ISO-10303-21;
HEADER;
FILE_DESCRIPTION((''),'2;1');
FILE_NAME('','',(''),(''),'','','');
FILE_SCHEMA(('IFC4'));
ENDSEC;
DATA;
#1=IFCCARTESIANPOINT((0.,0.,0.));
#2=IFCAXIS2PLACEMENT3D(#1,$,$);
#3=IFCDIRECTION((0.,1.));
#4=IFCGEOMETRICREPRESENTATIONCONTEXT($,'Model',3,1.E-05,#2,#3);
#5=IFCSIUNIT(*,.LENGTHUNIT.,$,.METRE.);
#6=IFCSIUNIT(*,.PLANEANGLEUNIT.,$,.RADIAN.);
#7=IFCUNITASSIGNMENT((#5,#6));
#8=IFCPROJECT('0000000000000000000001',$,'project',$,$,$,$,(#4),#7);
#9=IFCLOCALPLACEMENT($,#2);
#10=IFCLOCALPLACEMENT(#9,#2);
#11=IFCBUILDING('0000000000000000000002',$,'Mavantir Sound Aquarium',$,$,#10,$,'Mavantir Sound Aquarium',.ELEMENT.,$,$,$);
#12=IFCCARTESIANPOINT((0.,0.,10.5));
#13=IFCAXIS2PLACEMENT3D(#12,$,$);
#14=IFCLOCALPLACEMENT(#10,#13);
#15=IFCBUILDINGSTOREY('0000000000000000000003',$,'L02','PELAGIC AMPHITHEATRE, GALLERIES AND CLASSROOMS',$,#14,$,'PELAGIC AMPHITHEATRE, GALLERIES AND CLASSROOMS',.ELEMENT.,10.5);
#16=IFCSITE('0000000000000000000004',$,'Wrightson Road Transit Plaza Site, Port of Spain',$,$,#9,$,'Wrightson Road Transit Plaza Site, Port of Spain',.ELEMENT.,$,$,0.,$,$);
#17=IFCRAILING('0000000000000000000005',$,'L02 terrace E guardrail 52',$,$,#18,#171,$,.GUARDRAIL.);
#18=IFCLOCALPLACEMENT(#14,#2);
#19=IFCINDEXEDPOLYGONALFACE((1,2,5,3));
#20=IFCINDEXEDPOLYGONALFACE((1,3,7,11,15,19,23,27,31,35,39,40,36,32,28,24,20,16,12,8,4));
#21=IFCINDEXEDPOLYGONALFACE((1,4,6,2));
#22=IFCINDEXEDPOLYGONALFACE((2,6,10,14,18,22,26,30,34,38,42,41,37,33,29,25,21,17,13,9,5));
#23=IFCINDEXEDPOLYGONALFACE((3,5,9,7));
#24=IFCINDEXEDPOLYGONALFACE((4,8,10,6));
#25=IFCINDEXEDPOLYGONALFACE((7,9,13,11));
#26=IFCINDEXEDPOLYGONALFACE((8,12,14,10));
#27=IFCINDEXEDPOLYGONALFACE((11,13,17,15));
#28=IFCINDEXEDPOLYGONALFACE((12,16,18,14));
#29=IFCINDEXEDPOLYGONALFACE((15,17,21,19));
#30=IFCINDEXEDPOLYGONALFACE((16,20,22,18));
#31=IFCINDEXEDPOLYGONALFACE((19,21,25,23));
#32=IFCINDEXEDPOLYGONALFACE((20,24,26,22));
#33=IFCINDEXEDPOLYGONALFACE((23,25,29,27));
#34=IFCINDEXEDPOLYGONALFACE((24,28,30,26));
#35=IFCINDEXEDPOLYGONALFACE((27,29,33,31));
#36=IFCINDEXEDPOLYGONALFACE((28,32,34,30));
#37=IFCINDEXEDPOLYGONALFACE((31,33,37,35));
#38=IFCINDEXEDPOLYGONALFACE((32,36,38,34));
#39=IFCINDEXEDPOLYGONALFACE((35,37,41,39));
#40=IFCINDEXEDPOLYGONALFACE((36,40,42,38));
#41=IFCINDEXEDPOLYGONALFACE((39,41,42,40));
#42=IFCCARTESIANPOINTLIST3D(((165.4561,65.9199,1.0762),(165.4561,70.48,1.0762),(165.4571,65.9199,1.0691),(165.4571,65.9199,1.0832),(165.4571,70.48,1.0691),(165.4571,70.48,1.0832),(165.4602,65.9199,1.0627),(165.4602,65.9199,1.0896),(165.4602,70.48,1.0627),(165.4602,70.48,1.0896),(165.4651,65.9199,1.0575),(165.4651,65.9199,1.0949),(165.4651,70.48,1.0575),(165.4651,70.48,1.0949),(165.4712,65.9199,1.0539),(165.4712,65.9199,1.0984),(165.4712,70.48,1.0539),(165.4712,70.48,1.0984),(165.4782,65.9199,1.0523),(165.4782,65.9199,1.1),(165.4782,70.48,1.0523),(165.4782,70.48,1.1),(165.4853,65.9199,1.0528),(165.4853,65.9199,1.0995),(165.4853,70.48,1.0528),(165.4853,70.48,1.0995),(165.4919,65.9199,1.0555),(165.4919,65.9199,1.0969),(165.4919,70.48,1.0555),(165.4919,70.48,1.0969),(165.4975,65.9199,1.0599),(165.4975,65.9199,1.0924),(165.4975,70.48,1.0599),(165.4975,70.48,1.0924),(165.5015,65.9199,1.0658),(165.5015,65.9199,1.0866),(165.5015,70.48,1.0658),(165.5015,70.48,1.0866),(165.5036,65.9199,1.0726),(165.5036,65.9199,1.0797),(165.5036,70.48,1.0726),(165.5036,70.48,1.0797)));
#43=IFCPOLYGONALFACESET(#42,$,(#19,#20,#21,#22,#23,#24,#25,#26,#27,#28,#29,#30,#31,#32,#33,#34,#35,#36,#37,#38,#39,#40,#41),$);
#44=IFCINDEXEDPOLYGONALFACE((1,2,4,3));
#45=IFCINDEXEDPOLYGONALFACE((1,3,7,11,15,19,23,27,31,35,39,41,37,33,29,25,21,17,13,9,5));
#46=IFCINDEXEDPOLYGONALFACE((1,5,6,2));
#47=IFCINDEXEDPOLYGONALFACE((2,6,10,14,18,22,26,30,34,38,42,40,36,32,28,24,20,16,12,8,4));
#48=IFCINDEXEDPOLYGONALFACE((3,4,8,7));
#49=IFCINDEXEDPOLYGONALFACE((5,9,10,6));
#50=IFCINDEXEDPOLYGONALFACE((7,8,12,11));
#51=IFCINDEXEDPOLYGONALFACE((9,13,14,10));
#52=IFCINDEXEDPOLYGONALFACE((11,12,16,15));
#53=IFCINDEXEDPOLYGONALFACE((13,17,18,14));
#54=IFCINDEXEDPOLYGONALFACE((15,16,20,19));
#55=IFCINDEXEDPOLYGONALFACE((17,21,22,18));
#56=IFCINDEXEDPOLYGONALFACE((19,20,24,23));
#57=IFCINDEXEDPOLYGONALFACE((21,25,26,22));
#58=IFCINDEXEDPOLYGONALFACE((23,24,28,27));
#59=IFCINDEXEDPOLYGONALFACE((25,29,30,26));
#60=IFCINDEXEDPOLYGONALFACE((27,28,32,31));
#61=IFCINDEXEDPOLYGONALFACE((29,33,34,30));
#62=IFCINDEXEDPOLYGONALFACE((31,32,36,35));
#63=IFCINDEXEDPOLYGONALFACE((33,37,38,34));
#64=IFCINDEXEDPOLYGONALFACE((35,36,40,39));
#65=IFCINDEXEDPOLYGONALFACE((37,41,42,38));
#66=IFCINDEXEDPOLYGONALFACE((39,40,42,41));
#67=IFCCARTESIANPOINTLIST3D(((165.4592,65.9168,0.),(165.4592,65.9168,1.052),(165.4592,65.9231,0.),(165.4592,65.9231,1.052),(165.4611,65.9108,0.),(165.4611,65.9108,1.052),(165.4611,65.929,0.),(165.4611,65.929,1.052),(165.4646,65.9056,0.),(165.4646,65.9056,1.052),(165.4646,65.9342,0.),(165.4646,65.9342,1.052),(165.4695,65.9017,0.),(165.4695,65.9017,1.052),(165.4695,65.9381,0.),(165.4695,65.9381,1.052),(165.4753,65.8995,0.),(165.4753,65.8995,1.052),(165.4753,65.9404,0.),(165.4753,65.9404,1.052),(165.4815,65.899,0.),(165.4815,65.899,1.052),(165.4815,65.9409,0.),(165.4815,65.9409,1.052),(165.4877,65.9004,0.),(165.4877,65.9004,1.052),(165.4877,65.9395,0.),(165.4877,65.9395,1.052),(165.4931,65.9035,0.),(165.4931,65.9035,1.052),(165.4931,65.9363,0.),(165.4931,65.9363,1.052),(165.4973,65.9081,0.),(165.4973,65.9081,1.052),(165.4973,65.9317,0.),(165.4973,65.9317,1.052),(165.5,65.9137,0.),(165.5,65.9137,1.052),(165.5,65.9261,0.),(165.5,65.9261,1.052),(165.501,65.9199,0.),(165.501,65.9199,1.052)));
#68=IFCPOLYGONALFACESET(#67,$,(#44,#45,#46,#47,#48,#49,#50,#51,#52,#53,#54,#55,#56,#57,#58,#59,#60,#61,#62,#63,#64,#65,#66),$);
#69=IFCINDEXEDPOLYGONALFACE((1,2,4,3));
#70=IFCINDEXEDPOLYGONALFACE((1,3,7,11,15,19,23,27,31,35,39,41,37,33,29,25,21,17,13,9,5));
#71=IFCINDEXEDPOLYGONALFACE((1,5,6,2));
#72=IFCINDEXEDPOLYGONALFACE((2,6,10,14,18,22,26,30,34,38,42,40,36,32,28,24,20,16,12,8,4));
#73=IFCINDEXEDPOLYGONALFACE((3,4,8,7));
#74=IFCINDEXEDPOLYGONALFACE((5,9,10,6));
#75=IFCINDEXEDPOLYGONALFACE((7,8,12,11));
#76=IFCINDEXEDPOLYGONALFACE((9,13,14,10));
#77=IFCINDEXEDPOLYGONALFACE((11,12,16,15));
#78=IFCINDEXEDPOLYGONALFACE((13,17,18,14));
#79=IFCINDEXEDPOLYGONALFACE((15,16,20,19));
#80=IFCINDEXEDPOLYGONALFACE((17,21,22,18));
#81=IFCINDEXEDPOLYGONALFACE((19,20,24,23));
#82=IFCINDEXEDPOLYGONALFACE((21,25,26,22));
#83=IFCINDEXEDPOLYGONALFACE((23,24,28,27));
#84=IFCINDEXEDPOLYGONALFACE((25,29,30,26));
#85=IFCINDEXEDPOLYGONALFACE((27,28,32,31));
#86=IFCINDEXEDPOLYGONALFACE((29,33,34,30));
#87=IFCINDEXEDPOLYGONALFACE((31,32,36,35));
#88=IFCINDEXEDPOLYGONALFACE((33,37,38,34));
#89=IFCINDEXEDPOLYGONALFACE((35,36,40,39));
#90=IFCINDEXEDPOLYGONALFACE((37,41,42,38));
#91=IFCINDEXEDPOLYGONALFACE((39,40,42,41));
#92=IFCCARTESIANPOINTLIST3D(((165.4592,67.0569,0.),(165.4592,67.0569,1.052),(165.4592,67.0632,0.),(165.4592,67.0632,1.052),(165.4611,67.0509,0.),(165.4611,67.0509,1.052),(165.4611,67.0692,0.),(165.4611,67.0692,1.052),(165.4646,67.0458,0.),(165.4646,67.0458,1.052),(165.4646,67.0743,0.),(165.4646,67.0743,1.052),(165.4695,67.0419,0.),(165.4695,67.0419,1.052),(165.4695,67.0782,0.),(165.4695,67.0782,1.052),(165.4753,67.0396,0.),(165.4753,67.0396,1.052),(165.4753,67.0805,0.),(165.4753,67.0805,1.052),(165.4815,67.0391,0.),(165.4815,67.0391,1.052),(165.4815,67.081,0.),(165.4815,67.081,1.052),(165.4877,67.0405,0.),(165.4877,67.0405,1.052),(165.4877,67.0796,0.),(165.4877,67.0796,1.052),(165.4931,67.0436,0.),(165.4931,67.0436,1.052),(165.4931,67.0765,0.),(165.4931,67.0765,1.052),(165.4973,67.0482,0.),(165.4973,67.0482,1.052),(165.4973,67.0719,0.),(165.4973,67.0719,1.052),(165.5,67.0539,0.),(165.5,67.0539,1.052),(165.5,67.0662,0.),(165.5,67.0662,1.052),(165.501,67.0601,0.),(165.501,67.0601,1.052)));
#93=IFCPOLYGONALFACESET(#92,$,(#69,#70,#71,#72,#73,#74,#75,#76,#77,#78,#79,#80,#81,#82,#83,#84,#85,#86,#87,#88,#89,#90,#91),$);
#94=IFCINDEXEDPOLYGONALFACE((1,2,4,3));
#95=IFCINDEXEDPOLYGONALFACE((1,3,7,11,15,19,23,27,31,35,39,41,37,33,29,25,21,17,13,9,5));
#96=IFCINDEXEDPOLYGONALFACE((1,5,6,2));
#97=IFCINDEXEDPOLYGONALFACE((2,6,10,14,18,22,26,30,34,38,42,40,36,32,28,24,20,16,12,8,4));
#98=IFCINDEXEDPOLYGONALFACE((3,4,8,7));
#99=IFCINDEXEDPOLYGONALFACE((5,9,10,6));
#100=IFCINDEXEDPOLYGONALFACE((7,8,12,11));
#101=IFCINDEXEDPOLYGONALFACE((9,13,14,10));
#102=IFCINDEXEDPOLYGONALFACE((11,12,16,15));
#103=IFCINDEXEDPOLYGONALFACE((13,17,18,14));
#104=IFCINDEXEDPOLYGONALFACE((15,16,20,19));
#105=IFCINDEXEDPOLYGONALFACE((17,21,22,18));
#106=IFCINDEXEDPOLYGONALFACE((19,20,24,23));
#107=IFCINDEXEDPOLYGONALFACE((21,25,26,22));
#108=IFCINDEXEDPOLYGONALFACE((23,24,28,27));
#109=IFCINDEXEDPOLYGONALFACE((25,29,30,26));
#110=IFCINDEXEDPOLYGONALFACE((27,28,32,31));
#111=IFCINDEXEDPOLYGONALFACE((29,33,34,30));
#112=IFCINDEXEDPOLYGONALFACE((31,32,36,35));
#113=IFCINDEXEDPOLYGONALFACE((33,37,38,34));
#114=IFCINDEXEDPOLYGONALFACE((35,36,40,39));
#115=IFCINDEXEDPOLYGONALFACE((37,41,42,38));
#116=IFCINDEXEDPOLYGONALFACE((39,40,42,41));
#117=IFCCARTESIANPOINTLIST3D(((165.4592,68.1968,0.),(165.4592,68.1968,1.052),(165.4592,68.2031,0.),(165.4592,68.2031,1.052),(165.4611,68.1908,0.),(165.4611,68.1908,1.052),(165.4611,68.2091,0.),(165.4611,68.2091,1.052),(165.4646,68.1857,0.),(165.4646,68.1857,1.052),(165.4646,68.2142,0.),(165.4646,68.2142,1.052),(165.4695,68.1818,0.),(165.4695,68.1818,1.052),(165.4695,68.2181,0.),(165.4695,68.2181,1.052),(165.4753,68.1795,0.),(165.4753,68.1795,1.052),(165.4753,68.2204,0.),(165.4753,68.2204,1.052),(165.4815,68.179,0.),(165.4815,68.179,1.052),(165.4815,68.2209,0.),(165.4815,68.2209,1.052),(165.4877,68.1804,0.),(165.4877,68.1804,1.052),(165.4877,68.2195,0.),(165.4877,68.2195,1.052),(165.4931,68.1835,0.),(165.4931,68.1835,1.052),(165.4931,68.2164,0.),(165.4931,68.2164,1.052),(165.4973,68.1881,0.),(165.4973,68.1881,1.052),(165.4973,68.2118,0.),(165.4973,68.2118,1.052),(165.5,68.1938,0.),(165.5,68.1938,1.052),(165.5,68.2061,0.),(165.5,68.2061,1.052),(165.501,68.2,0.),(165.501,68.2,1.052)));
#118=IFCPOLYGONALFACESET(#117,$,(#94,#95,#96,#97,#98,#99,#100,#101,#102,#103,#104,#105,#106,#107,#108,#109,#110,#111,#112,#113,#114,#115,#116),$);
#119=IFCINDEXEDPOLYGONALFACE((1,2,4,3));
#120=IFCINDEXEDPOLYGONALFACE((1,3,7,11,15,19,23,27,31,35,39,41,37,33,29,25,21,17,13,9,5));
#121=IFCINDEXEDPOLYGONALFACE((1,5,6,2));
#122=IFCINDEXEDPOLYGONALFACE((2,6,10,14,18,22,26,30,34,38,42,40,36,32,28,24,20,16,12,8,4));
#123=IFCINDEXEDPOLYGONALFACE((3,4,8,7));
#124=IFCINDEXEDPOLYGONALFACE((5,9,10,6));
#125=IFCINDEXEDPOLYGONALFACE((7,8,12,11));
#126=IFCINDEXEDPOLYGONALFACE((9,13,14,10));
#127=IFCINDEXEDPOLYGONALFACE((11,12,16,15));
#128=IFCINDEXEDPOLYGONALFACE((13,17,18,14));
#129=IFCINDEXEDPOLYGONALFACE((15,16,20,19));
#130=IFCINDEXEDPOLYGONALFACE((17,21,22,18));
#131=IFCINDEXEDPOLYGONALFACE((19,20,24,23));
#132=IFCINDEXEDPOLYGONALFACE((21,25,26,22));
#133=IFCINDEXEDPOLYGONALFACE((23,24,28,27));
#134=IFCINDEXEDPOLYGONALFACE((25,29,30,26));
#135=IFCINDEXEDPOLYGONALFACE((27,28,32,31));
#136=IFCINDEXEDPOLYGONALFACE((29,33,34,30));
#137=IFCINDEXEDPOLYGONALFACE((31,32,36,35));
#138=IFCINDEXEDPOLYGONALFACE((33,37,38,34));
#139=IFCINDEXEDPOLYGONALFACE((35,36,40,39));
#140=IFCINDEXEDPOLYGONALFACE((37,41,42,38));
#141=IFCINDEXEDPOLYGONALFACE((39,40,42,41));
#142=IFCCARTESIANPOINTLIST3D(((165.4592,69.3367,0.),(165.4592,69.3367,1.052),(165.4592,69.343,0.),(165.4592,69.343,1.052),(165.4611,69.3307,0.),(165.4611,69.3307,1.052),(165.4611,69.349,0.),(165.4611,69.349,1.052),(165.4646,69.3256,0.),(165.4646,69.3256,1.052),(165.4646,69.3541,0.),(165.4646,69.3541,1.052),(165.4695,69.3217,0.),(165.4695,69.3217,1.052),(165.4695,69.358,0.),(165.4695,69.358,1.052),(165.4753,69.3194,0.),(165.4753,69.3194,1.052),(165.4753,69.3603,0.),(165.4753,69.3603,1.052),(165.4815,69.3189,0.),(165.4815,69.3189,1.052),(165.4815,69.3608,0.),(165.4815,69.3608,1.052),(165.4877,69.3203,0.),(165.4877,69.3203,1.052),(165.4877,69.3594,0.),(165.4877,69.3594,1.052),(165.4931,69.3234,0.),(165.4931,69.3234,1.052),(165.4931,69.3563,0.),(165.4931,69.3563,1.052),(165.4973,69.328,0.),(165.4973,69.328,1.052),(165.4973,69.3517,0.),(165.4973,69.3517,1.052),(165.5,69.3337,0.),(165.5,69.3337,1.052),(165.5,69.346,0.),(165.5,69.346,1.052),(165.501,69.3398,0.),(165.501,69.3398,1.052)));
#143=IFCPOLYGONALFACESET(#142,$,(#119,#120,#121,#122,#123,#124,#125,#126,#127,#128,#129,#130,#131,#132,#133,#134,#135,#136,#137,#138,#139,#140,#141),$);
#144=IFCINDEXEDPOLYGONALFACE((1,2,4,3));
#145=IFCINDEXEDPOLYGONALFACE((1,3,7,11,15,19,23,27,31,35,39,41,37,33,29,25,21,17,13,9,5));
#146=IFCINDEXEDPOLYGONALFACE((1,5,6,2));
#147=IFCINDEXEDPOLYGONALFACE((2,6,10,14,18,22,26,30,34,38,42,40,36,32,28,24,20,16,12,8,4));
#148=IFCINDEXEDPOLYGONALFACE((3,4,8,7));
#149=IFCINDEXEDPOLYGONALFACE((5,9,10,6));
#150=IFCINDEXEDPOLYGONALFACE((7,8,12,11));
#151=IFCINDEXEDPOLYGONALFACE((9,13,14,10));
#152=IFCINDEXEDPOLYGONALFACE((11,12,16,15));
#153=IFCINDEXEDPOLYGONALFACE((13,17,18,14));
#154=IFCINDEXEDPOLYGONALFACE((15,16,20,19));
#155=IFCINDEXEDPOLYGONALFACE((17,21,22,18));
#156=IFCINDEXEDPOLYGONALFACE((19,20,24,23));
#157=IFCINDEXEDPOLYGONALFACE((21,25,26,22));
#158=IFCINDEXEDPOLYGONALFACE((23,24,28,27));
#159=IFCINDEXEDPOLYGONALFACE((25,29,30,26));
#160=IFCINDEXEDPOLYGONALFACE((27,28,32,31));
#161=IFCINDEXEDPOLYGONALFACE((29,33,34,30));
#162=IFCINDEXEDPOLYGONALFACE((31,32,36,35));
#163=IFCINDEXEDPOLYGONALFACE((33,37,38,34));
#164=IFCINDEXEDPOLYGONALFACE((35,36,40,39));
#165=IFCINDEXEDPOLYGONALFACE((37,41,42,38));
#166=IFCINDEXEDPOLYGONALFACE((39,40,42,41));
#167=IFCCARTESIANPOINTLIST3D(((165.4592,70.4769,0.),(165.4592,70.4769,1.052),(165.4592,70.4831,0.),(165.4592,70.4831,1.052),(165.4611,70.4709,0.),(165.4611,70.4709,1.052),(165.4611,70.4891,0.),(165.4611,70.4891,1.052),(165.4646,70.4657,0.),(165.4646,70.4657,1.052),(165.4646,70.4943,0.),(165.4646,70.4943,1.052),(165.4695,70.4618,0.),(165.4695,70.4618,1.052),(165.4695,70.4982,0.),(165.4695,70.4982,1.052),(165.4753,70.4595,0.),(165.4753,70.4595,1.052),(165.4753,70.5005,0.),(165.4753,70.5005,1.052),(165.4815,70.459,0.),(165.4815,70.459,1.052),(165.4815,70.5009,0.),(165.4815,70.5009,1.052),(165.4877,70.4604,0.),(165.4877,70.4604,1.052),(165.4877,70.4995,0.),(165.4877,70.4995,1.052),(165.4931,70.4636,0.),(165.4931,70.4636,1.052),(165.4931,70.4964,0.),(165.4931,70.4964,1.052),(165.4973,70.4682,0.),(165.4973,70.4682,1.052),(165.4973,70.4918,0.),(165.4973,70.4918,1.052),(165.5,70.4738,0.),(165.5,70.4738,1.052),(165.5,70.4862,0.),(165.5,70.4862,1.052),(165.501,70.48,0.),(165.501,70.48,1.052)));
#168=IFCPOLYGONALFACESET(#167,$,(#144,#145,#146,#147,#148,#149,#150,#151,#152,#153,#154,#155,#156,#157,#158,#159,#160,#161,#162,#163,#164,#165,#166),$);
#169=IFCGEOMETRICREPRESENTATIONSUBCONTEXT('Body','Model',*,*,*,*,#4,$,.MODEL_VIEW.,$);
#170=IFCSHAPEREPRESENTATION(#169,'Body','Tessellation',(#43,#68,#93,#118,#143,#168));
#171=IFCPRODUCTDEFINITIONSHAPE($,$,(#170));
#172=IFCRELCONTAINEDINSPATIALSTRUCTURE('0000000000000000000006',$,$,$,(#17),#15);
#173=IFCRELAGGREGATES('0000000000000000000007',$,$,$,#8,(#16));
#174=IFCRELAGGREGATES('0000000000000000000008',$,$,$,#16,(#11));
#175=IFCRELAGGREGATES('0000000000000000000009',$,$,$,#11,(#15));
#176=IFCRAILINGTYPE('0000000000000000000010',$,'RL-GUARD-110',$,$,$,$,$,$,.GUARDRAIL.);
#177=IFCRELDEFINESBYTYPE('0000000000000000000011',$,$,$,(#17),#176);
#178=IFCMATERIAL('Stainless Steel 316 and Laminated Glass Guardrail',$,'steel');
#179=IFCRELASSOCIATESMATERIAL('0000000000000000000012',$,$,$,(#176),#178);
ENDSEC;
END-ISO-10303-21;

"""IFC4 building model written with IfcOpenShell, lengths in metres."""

from ifc_helpers import new_model, si_unit, direction, frame, origin, origin_2d, place, context, subcontext, project, spatial, circle, extrude, material, type_object, element, save


model = new_model("IFC4")

# Units and contexts
model_context = context("Model", 3, precision=1e-05, world=origin(), true_north=direction((0.0, 1.0)))
body_context = subcontext(model_context, "Body", "Model", "MODEL_VIEW")
ifc_project = project(units=[si_unit("LENGTHUNIT", "METRE"), si_unit("PLANEANGLEUNIT", "RADIAN")], contexts=[model_context])

# Site, building, storey
site_placement = place(None, origin())
site = spatial("IfcSite", under=ifc_project, at=site_placement, Name="Wrightson Road Transit Plaza Site, Port of Spain", LongName="Wrightson Road Transit Plaza Site, Port of Spain", CompositionType="ELEMENT", RefElevation=0.0)
building_placement = place(site_placement, origin())
building = spatial("IfcBuilding", under=site, at=building_placement, Name="Mavantir Sound Aquarium", LongName="Mavantir Sound Aquarium", CompositionType="ELEMENT")
storey_placement = place(building_placement, frame((0.0, 0.0, 10.5)))
storey = spatial("IfcBuildingStorey", under=building, at=storey_placement, Name="L02", Description="PELAGIC AMPHITHEATRE, GALLERIES AND CLASSROOMS", LongName="PELAGIC AMPHITHEATRE, GALLERIES AND CLASSROOMS", CompositionType="ELEMENT", Elevation=10.5)

# Railing
ifc_material_1 = material(Name="Stainless Steel 316 and Laminated Glass Guardrail", Category="steel")
railing_type = type_object("IfcRailingType", Name="RL-GUARD-110", PredefinedType="GUARDRAIL", material=ifc_material_1)
railing_1_placement = place(storey_placement, frame((165.48, 65.9199, 0.0)))
element("IfcRailing", 1, at=railing_1_placement, inside=storey, type_object=railing_type, Name="L02 terrace E guardrail 52", PredefinedType="GUARDRAIL", context=body_context, shape_type="SweptSolid", body=[
    extrude(circle(Radius=0.0239, at=origin_2d()), frame((0.0, 0.0, 1.0762), z_axis=(0.0, 1.0, 0.0), x_axis=(-1.0, 0.0, 0.0)), (0.0, 0.0, 1.0), 4.5601),
    extrude(circle(Radius=0.021, at=origin_2d()), origin(), (0.0, 0.0, 1.0), 1.052),
    extrude(circle(Radius=0.021, at=origin_2d()), frame((0.0, 1.1401, 0.0)), (0.0, 0.0, 1.0), 1.052),
    extrude(circle(Radius=0.021, at=origin_2d()), frame((0.0, 2.28, 0.0)), (0.0, 0.0, 1.0), 1.052),
    extrude(circle(Radius=0.021, at=origin_2d()), frame((0.0, 3.4199, 0.0)), (0.0, 0.0, 1.0), 1.052),
    extrude(circle(Radius=0.021, at=origin_2d()), frame((0.0, 4.5601, 0.0)), (0.0, 0.0, 1.0), 1.052),
])

save(model, "model.ifc")
